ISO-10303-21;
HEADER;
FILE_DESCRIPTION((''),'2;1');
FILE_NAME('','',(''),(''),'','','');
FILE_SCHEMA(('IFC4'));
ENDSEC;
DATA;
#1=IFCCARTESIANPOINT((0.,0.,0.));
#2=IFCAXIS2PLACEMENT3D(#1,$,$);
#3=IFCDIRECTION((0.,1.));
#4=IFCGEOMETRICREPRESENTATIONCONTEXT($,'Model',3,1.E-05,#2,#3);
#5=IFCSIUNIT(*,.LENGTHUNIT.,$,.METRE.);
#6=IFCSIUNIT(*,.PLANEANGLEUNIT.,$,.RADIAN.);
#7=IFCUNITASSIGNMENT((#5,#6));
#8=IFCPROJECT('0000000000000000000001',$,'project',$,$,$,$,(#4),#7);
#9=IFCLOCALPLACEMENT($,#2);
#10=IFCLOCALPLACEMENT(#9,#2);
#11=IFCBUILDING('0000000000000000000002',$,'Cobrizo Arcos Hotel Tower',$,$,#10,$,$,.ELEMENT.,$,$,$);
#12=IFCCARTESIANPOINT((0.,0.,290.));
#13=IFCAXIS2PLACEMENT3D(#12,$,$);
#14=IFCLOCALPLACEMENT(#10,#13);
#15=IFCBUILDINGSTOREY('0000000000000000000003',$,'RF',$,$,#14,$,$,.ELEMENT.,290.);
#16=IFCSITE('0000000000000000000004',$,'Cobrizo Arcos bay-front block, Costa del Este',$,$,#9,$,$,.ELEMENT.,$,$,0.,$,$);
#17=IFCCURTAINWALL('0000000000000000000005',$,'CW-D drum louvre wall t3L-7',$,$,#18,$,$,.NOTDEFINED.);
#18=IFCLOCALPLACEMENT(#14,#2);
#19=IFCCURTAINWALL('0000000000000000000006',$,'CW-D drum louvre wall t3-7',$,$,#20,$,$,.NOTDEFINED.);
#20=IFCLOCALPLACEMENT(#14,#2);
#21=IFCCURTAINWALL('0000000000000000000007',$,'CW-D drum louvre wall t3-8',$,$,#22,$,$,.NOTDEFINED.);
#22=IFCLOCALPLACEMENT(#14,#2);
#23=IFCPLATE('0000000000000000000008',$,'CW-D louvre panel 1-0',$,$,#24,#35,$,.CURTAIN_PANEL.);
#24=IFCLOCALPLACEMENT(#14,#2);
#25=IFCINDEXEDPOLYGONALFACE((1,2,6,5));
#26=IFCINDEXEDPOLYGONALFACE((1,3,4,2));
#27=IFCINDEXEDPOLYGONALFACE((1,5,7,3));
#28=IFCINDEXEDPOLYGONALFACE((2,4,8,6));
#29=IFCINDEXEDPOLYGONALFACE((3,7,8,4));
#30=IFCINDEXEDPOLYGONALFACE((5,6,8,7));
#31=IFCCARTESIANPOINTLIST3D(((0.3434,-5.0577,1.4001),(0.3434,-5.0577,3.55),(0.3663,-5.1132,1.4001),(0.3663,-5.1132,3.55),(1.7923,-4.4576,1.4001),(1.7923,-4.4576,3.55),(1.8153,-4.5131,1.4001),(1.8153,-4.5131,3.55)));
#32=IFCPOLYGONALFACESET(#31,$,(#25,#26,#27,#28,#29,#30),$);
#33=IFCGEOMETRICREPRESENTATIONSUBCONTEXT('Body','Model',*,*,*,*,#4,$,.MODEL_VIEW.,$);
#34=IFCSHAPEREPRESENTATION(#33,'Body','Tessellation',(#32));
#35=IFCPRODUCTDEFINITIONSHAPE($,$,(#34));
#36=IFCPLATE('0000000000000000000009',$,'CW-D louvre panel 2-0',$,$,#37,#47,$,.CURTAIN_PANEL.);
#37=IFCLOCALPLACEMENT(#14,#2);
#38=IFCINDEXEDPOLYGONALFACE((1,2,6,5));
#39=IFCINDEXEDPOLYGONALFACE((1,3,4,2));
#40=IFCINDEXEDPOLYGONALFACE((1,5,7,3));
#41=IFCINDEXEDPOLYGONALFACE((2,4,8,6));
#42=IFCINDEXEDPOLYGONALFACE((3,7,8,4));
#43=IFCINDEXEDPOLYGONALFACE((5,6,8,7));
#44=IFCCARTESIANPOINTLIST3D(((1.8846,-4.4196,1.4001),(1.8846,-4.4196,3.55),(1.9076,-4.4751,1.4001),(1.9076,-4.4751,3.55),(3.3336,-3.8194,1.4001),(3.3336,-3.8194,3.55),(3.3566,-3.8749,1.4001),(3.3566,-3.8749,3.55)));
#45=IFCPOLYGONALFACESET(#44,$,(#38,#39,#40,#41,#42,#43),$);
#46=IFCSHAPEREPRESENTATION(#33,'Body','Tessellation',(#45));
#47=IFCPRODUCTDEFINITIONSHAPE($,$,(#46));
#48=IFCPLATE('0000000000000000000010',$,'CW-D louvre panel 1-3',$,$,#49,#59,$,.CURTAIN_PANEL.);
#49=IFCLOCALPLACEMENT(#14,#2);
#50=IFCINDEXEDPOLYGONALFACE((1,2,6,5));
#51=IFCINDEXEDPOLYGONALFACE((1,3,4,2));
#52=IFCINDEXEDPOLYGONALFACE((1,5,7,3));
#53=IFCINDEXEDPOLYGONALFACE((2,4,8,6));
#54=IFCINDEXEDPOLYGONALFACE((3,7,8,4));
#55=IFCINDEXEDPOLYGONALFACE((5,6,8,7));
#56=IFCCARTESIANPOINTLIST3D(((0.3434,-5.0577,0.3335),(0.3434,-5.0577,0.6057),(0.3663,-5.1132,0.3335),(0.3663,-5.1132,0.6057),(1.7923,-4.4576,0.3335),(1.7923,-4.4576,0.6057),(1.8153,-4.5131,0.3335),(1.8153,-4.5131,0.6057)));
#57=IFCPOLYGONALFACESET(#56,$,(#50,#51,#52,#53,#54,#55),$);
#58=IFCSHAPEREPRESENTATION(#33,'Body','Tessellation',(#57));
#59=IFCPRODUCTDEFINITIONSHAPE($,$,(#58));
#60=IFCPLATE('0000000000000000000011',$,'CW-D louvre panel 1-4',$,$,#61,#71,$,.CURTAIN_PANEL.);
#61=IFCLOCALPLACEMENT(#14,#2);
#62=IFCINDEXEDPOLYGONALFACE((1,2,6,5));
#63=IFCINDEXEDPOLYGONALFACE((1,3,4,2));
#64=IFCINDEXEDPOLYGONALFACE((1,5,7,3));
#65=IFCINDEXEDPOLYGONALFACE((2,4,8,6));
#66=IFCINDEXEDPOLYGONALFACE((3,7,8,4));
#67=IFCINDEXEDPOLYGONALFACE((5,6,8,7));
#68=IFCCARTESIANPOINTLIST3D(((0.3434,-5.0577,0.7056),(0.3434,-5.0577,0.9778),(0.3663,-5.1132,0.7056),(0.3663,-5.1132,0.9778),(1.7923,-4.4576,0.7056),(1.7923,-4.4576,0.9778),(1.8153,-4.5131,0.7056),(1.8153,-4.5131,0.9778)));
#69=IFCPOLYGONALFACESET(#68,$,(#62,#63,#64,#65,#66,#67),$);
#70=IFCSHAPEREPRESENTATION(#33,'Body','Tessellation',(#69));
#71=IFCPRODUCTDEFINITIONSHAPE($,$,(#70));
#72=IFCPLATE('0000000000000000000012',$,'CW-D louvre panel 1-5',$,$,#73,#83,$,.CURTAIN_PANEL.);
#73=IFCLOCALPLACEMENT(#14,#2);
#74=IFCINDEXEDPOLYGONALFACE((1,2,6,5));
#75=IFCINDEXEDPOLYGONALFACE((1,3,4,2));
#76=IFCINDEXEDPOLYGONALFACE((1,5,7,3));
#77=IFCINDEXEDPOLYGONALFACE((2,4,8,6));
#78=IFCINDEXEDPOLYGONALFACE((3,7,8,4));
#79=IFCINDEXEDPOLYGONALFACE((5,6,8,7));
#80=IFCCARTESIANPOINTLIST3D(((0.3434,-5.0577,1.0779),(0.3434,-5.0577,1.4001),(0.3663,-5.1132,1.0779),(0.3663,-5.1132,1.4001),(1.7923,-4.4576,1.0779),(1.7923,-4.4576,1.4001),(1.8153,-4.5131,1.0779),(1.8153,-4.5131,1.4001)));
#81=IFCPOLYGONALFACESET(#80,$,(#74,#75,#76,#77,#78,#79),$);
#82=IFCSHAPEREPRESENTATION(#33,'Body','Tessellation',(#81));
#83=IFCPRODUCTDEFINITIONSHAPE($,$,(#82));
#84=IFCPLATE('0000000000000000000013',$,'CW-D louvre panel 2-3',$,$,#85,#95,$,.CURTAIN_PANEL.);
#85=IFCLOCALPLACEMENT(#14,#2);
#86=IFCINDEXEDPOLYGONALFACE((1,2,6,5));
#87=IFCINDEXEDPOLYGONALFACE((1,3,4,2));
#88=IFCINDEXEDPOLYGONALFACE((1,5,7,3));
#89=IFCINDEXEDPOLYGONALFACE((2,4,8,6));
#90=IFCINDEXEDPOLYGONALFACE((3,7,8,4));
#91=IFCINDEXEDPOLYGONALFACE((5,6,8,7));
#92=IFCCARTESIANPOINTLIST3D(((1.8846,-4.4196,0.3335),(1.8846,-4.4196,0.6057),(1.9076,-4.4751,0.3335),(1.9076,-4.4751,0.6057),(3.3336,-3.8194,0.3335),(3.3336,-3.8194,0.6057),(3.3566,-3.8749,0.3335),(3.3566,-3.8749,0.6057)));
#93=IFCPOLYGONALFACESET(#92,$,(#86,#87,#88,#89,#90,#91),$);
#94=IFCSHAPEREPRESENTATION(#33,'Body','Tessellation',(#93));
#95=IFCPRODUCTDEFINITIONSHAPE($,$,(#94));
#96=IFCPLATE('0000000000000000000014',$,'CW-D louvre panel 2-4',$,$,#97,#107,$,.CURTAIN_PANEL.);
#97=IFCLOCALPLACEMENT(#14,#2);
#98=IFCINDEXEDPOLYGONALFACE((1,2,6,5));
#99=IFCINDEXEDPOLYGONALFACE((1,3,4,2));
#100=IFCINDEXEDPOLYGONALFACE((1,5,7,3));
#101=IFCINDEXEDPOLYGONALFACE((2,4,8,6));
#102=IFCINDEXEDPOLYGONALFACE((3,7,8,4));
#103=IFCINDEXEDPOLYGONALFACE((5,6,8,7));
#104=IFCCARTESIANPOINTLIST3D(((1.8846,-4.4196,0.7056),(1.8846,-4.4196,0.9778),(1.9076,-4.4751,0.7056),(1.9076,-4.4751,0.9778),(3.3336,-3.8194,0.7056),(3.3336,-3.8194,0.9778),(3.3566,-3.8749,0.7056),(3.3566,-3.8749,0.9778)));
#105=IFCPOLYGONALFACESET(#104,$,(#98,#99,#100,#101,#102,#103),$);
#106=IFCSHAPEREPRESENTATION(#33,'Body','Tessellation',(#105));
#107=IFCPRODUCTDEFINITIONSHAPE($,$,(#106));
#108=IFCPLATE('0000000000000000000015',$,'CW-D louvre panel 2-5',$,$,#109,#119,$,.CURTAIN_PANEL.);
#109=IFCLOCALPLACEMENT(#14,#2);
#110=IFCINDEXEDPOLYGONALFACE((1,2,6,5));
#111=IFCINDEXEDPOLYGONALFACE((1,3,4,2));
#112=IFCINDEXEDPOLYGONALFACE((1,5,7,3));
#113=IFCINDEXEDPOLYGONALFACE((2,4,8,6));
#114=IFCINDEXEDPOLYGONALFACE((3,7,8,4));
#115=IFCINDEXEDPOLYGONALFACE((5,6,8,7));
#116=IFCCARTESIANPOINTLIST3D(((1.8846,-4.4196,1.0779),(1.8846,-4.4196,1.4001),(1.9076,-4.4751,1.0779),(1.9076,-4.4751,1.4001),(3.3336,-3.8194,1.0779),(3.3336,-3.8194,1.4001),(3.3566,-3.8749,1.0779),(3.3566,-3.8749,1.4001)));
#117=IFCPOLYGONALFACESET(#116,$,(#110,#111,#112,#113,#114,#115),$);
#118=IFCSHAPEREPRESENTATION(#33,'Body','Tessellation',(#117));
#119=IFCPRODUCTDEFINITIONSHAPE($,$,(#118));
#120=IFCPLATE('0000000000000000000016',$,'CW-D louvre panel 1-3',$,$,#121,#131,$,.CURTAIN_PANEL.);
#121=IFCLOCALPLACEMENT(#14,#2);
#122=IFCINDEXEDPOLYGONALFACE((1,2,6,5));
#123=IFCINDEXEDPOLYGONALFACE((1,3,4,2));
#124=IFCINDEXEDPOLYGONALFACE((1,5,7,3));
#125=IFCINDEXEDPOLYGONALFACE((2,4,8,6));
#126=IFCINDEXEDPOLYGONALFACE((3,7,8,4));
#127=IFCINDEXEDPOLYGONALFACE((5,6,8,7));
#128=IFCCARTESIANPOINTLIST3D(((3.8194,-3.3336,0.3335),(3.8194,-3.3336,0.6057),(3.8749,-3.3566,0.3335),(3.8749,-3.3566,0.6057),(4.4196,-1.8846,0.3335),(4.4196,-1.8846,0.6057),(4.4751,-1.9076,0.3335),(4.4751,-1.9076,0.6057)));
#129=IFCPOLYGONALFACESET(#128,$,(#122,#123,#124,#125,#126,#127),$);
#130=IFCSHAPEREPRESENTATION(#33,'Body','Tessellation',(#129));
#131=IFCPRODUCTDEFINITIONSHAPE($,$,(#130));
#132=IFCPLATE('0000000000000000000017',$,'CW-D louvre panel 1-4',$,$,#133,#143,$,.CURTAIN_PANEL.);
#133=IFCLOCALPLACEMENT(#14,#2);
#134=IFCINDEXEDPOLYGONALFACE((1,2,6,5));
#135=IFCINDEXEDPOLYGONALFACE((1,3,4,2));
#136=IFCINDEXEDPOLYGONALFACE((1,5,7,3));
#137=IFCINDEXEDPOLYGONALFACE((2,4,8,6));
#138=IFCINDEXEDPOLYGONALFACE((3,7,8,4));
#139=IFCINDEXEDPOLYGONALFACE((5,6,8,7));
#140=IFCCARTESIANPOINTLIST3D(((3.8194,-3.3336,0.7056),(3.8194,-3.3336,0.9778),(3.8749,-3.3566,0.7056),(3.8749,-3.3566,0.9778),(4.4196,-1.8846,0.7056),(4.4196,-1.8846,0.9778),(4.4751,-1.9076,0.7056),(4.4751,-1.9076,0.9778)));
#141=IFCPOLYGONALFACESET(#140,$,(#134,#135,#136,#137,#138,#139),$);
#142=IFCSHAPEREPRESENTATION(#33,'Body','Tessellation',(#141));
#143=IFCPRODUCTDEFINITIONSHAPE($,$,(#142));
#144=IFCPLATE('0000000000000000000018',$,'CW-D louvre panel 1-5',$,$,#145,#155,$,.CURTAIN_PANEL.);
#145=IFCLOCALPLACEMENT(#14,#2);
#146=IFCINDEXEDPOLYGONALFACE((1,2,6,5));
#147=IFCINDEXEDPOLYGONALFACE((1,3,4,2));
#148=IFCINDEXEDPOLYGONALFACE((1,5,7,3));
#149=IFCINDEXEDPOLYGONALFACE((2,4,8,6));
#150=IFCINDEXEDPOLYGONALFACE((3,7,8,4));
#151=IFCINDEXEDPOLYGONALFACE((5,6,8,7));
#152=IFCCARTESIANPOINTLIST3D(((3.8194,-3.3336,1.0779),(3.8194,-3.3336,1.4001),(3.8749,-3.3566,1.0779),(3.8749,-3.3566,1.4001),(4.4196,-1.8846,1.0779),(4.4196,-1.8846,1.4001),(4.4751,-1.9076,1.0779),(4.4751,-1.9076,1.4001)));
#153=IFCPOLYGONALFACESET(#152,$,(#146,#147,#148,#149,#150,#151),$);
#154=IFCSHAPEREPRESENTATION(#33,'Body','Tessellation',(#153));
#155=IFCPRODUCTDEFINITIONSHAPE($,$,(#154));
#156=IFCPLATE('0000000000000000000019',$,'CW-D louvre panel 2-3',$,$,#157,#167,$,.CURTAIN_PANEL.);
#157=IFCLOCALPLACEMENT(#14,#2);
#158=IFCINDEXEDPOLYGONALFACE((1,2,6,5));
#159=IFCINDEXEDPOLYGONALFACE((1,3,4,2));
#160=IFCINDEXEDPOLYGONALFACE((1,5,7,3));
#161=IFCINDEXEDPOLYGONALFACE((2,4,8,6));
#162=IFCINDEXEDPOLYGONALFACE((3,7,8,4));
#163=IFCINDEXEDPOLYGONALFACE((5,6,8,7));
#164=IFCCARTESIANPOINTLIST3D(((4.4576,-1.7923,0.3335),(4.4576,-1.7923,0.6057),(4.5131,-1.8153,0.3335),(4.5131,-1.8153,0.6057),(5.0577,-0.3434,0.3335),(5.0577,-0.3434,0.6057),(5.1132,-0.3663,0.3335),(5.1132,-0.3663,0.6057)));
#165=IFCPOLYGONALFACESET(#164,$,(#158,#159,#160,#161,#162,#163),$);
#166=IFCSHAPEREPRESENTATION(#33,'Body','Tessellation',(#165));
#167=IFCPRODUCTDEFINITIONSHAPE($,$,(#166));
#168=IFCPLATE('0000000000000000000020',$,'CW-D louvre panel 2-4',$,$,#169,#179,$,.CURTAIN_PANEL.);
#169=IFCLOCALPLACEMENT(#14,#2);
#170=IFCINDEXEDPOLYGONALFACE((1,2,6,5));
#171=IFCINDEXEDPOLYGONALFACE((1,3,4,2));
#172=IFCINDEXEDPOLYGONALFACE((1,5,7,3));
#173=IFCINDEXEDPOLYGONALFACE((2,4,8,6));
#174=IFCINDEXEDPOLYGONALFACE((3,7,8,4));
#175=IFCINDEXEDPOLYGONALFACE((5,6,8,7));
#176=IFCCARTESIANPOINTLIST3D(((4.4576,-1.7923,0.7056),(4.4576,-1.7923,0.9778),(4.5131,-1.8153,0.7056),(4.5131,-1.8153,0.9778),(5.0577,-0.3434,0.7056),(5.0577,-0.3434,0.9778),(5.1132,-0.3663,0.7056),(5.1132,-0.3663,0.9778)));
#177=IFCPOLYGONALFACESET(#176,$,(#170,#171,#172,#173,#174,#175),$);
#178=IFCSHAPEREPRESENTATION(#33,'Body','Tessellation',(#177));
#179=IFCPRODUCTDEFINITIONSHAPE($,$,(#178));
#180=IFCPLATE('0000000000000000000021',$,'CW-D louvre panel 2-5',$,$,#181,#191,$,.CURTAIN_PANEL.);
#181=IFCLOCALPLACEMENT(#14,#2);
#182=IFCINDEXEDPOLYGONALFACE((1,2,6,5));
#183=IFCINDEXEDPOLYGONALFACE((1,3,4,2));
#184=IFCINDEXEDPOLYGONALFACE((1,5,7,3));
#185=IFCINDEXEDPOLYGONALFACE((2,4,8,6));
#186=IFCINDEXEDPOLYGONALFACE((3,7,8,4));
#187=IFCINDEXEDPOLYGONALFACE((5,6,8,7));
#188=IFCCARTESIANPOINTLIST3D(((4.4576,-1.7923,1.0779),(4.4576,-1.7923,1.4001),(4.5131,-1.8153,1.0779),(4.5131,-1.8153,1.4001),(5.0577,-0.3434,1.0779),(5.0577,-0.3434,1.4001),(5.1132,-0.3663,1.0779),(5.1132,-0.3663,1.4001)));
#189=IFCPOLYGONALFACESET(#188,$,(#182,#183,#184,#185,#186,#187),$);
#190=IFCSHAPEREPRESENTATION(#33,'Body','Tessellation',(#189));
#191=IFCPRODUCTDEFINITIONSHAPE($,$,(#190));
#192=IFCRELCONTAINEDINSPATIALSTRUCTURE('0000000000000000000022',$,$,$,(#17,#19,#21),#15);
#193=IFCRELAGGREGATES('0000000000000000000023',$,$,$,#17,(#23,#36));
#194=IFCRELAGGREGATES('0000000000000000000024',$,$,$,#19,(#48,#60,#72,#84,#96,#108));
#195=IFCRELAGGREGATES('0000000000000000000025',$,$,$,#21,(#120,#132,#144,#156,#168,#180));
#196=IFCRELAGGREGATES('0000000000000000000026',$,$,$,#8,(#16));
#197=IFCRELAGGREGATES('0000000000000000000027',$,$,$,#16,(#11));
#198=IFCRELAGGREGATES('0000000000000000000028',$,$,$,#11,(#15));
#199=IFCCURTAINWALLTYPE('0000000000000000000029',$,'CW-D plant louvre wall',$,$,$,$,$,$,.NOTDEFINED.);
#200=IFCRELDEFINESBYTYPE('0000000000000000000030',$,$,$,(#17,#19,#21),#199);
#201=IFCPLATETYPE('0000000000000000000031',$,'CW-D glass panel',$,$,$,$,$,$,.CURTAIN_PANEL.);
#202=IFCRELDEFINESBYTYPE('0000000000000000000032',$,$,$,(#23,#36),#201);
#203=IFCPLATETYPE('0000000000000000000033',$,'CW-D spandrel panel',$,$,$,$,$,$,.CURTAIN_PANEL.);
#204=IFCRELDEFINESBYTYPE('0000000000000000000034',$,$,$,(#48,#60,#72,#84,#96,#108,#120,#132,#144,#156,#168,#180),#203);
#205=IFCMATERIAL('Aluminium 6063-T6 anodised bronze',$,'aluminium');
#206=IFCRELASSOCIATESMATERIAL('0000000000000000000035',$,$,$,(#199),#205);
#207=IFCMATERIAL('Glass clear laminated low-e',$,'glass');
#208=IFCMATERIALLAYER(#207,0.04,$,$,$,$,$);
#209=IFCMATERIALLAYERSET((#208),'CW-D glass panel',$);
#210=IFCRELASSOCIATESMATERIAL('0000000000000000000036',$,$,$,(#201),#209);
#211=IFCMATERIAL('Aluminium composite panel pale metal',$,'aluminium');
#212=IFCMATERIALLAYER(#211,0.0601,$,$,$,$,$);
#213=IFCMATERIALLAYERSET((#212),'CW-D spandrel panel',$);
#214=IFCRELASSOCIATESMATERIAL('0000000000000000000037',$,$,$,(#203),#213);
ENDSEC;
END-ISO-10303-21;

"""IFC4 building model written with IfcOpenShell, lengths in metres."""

from ifc_helpers import new_model, si_unit, direction, frame, origin, origin_2d, place, context, subcontext, project, spatial, rectangle, extrude, material, layer, layer_set, type_object, element, aggregate, save


model = new_model("IFC4")

# Units and contexts
model_context = context("Model", 3, precision=1e-05, world=origin(), true_north=direction((0.0, 1.0)))
body_context = subcontext(model_context, "Body", "Model", "MODEL_VIEW")
ifc_project = project(units=[si_unit("LENGTHUNIT", "METRE"), si_unit("PLANEANGLEUNIT", "RADIAN")], contexts=[model_context])

# Site, building, storey
site_placement = place(None, origin())
site = spatial("IfcSite", under=ifc_project, at=site_placement, Name="Cobrizo Arcos bay-front block, Costa del Este", CompositionType="ELEMENT", RefElevation=0.0)
building_placement = place(site_placement, origin())
building = spatial("IfcBuilding", under=site, at=building_placement, Name="Cobrizo Arcos Hotel Tower", CompositionType="ELEMENT")
storey_placement = place(building_placement, frame((0.0, 0.0, 290.0)))
storey = spatial("IfcBuildingStorey", under=building, at=storey_placement, Name="RF", CompositionType="ELEMENT", Elevation=290.0)

# Curtain walls
ifc_material_1 = material(Name="Aluminium 6063-T6 anodised bronze", Category="aluminium")
curtain_wall_type = type_object("IfcCurtainWallType", Name="CW-D plant louvre wall", PredefinedType="NOTDEFINED", material=ifc_material_1)
curtain_wall_1_placement = place(storey_placement, origin())
curtain_wall_1 = element("IfcCurtainWall", 1, at=curtain_wall_1_placement, inside=storey, type_object=curtain_wall_type, Name="CW-D drum louvre wall t3L-7", PredefinedType="NOTDEFINED")
curtain_wall_2_placement = place(storey_placement, origin())
curtain_wall_2 = element("IfcCurtainWall", 2, at=curtain_wall_2_placement, inside=storey, type_object=curtain_wall_type, Name="CW-D drum louvre wall t3-7", PredefinedType="NOTDEFINED")
curtain_wall_3_placement = place(storey_placement, origin())
curtain_wall_3 = element("IfcCurtainWall", 3, at=curtain_wall_3_placement, inside=storey, type_object=curtain_wall_type, Name="CW-D drum louvre wall t3-8", PredefinedType="NOTDEFINED")

# Plates
ifc_material_2 = material(Name="Glass clear laminated low-e", Category="glass")
ifc_layer_1 = layer(ifc_material_2, 0.04)
ifc_layer_set_1 = layer_set([ifc_layer_1], Name="CW-D glass panel")
plate_type_1 = type_object("IfcPlateType", Name="CW-D glass panel", PredefinedType="CURTAIN_PANEL", material=ifc_layer_set_1)
plate_1_placement = place(storey_placement, frame((1.0793, -4.7854, 1.4001), z_axis=(0.0, 0.0, 1.0), x_axis=(0.92388, 0.382683, 0.0)))
plate_1 = element("IfcPlate", 4, at=plate_1_placement, type_object=plate_type_1, Name="CW-D louvre panel 1-0", PredefinedType="CURTAIN_PANEL", context=body_context, shape_type="SweptSolid", body=[
    extrude(rectangle(XDim=1.5684, YDim=0.0601, at=origin_2d()), origin(), (0.0, 0.0, 1.0), 2.1499),
])
plate_2_placement = place(storey_placement, frame((2.6206, -4.1472, 1.4001), z_axis=(0.0, 0.0, 1.0), x_axis=(0.92388, 0.382683, 0.0)))
plate_2 = element("IfcPlate", 5, at=plate_2_placement, type_object=plate_type_1, Name="CW-D louvre panel 2-0", PredefinedType="CURTAIN_PANEL", context=body_context, shape_type="SweptSolid", body=[
    extrude(rectangle(XDim=1.5684, YDim=0.0601, at=origin_2d()), origin(), (0.0, 0.0, 1.0), 2.1499),
])
aggregate(curtain_wall_1, [plate_1, plate_2])
ifc_material_3 = material(Name="Aluminium composite panel pale metal", Category="aluminium")
ifc_layer_2 = layer(ifc_material_3, 0.0601)
ifc_layer_set_2 = layer_set([ifc_layer_2], Name="CW-D spandrel panel")
plate_type_2 = type_object("IfcPlateType", Name="CW-D spandrel panel", PredefinedType="CURTAIN_PANEL", material=ifc_layer_set_2)
plate_3_placement = place(storey_placement, frame((1.0793, -4.7854, 0.3335), z_axis=(0.0, 0.0, 1.0), x_axis=(0.92388, 0.382683, 0.0)))
plate_3 = element("IfcPlate", 6, at=plate_3_placement, type_object=plate_type_2, Name="CW-D louvre panel 1-3", PredefinedType="CURTAIN_PANEL", context=body_context, shape_type="SweptSolid", body=[
    extrude(rectangle(XDim=1.5684, YDim=0.0601, at=origin_2d()), origin(), (0.0, 0.0, 1.0), 0.2722),
])
plate_4_placement = place(storey_placement, frame((1.0793, -4.7854, 0.7056), z_axis=(0.0, 0.0, 1.0), x_axis=(0.92388, 0.382683, 0.0)))
plate_4 = element("IfcPlate", 7, at=plate_4_placement, type_object=plate_type_2, Name="CW-D louvre panel 1-4", PredefinedType="CURTAIN_PANEL", context=body_context, shape_type="SweptSolid", body=[
    extrude(rectangle(XDim=1.5684, YDim=0.0601, at=origin_2d()), origin(), (0.0, 0.0, 1.0), 0.2722),
])
plate_5_placement = place(storey_placement, frame((1.0793, -4.7854, 1.0779), z_axis=(0.0, 0.0, 1.0), x_axis=(0.92388, 0.382683, 0.0)))
plate_5 = element("IfcPlate", 8, at=plate_5_placement, type_object=plate_type_2, Name="CW-D louvre panel 1-5", PredefinedType="CURTAIN_PANEL", context=body_context, shape_type="SweptSolid", body=[
    extrude(rectangle(XDim=1.5684, YDim=0.0601, at=origin_2d()), origin(), (0.0, 0.0, 1.0), 0.3223),
])
plate_6_placement = place(storey_placement, frame((2.6206, -4.1472, 0.3335), z_axis=(0.0, 0.0, 1.0), x_axis=(0.92388, 0.382683, 0.0)))
plate_6 = element("IfcPlate", 9, at=plate_6_placement, type_object=plate_type_2, Name="CW-D louvre panel 2-3", PredefinedType="CURTAIN_PANEL", context=body_context, shape_type="SweptSolid", body=[
    extrude(rectangle(XDim=1.5684, YDim=0.0601, at=origin_2d()), origin(), (0.0, 0.0, 1.0), 0.2722),
])
plate_7_placement = place(storey_placement, frame((2.6206, -4.1472, 0.7056), z_axis=(0.0, 0.0, 1.0), x_axis=(0.92388, 0.382683, 0.0)))
plate_7 = element("IfcPlate", 10, at=plate_7_placement, type_object=plate_type_2, Name="CW-D louvre panel 2-4", PredefinedType="CURTAIN_PANEL", context=body_context, shape_type="SweptSolid", body=[
    extrude(rectangle(XDim=1.5684, YDim=0.0601, at=origin_2d()), origin(), (0.0, 0.0, 1.0), 0.2722),
])
plate_8_placement = place(storey_placement, frame((2.6206, -4.1472, 1.0779), z_axis=(0.0, 0.0, 1.0), x_axis=(0.92388, 0.382683, 0.0)))
plate_8 = element("IfcPlate", 11, at=plate_8_placement, type_object=plate_type_2, Name="CW-D louvre panel 2-5", PredefinedType="CURTAIN_PANEL", context=body_context, shape_type="SweptSolid", body=[
    extrude(rectangle(XDim=1.5684, YDim=0.0601, at=origin_2d()), origin(), (0.0, 0.0, 1.0), 0.3223),
])
aggregate(curtain_wall_2, [plate_3, plate_4, plate_5, plate_6, plate_7, plate_8])
plate_9_placement = place(storey_placement, frame((4.1472, -2.6206, 0.3335), z_axis=(0.0, 0.0, 1.0), x_axis=(0.382683, 0.92388, 0.0)))
plate_9 = element("IfcPlate", 12, at=plate_9_placement, type_object=plate_type_2, Name="CW-D louvre panel 1-3", PredefinedType="CURTAIN_PANEL", context=body_context, shape_type="SweptSolid", body=[
    extrude(rectangle(XDim=1.5684, YDim=0.0601, at=origin_2d()), origin(), (0.0, 0.0, 1.0), 0.2722),
])
plate_10_placement = place(storey_placement, frame((4.1472, -2.6206, 0.7056), z_axis=(0.0, 0.0, 1.0), x_axis=(0.382683, 0.92388, 0.0)))
plate_10 = element("IfcPlate", 13, at=plate_10_placement, type_object=plate_type_2, Name="CW-D louvre panel 1-4", PredefinedType="CURTAIN_PANEL", context=body_context, shape_type="SweptSolid", body=[
    extrude(rectangle(XDim=1.5684, YDim=0.0601, at=origin_2d()), origin(), (0.0, 0.0, 1.0), 0.2722),
])
plate_11_placement = place(storey_placement, frame((4.1472, -2.6206, 1.0779), z_axis=(0.0, 0.0, 1.0), x_axis=(0.382683, 0.92388, 0.0)))
plate_11 = element("IfcPlate", 14, at=plate_11_placement, type_object=plate_type_2, Name="CW-D louvre panel 1-5", PredefinedType="CURTAIN_PANEL", context=body_context, shape_type="SweptSolid", body=[
    extrude(rectangle(XDim=1.5684, YDim=0.0601, at=origin_2d()), origin(), (0.0, 0.0, 1.0), 0.3223),
])
plate_12_placement = place(storey_placement, frame((4.7854, -1.0793, 0.3335), z_axis=(0.0, 0.0, 1.0), x_axis=(0.382683, 0.92388, 0.0)))
plate_12 = element("IfcPlate", 15, at=plate_12_placement, type_object=plate_type_2, Name="CW-D louvre panel 2-3", PredefinedType="CURTAIN_PANEL", context=body_context, shape_type="SweptSolid", body=[
    extrude(rectangle(XDim=1.5684, YDim=0.0601, at=origin_2d()), origin(), (0.0, 0.0, 1.0), 0.2722),
])
plate_13_placement = place(storey_placement, frame((4.7854, -1.0793, 0.7056), z_axis=(0.0, 0.0, 1.0), x_axis=(0.382683, 0.92388, 0.0)))
plate_13 = element("IfcPlate", 16, at=plate_13_placement, type_object=plate_type_2, Name="CW-D louvre panel 2-4", PredefinedType="CURTAIN_PANEL", context=body_context, shape_type="SweptSolid", body=[
    extrude(rectangle(XDim=1.5684, YDim=0.0601, at=origin_2d()), origin(), (0.0, 0.0, 1.0), 0.2722),
])
plate_14_placement = place(storey_placement, frame((4.7854, -1.0793, 1.0779), z_axis=(0.0, 0.0, 1.0), x_axis=(0.382683, 0.92388, 0.0)))
plate_14 = element("IfcPlate", 17, at=plate_14_placement, type_object=plate_type_2, Name="CW-D louvre panel 2-5", PredefinedType="CURTAIN_PANEL", context=body_context, shape_type="SweptSolid", body=[
    extrude(rectangle(XDim=1.5684, YDim=0.0601, at=origin_2d()), origin(), (0.0, 0.0, 1.0), 0.3223),
])
aggregate(curtain_wall_3, [plate_9, plate_10, plate_11, plate_12, plate_13, plate_14])

save(model, "model.ifc")
